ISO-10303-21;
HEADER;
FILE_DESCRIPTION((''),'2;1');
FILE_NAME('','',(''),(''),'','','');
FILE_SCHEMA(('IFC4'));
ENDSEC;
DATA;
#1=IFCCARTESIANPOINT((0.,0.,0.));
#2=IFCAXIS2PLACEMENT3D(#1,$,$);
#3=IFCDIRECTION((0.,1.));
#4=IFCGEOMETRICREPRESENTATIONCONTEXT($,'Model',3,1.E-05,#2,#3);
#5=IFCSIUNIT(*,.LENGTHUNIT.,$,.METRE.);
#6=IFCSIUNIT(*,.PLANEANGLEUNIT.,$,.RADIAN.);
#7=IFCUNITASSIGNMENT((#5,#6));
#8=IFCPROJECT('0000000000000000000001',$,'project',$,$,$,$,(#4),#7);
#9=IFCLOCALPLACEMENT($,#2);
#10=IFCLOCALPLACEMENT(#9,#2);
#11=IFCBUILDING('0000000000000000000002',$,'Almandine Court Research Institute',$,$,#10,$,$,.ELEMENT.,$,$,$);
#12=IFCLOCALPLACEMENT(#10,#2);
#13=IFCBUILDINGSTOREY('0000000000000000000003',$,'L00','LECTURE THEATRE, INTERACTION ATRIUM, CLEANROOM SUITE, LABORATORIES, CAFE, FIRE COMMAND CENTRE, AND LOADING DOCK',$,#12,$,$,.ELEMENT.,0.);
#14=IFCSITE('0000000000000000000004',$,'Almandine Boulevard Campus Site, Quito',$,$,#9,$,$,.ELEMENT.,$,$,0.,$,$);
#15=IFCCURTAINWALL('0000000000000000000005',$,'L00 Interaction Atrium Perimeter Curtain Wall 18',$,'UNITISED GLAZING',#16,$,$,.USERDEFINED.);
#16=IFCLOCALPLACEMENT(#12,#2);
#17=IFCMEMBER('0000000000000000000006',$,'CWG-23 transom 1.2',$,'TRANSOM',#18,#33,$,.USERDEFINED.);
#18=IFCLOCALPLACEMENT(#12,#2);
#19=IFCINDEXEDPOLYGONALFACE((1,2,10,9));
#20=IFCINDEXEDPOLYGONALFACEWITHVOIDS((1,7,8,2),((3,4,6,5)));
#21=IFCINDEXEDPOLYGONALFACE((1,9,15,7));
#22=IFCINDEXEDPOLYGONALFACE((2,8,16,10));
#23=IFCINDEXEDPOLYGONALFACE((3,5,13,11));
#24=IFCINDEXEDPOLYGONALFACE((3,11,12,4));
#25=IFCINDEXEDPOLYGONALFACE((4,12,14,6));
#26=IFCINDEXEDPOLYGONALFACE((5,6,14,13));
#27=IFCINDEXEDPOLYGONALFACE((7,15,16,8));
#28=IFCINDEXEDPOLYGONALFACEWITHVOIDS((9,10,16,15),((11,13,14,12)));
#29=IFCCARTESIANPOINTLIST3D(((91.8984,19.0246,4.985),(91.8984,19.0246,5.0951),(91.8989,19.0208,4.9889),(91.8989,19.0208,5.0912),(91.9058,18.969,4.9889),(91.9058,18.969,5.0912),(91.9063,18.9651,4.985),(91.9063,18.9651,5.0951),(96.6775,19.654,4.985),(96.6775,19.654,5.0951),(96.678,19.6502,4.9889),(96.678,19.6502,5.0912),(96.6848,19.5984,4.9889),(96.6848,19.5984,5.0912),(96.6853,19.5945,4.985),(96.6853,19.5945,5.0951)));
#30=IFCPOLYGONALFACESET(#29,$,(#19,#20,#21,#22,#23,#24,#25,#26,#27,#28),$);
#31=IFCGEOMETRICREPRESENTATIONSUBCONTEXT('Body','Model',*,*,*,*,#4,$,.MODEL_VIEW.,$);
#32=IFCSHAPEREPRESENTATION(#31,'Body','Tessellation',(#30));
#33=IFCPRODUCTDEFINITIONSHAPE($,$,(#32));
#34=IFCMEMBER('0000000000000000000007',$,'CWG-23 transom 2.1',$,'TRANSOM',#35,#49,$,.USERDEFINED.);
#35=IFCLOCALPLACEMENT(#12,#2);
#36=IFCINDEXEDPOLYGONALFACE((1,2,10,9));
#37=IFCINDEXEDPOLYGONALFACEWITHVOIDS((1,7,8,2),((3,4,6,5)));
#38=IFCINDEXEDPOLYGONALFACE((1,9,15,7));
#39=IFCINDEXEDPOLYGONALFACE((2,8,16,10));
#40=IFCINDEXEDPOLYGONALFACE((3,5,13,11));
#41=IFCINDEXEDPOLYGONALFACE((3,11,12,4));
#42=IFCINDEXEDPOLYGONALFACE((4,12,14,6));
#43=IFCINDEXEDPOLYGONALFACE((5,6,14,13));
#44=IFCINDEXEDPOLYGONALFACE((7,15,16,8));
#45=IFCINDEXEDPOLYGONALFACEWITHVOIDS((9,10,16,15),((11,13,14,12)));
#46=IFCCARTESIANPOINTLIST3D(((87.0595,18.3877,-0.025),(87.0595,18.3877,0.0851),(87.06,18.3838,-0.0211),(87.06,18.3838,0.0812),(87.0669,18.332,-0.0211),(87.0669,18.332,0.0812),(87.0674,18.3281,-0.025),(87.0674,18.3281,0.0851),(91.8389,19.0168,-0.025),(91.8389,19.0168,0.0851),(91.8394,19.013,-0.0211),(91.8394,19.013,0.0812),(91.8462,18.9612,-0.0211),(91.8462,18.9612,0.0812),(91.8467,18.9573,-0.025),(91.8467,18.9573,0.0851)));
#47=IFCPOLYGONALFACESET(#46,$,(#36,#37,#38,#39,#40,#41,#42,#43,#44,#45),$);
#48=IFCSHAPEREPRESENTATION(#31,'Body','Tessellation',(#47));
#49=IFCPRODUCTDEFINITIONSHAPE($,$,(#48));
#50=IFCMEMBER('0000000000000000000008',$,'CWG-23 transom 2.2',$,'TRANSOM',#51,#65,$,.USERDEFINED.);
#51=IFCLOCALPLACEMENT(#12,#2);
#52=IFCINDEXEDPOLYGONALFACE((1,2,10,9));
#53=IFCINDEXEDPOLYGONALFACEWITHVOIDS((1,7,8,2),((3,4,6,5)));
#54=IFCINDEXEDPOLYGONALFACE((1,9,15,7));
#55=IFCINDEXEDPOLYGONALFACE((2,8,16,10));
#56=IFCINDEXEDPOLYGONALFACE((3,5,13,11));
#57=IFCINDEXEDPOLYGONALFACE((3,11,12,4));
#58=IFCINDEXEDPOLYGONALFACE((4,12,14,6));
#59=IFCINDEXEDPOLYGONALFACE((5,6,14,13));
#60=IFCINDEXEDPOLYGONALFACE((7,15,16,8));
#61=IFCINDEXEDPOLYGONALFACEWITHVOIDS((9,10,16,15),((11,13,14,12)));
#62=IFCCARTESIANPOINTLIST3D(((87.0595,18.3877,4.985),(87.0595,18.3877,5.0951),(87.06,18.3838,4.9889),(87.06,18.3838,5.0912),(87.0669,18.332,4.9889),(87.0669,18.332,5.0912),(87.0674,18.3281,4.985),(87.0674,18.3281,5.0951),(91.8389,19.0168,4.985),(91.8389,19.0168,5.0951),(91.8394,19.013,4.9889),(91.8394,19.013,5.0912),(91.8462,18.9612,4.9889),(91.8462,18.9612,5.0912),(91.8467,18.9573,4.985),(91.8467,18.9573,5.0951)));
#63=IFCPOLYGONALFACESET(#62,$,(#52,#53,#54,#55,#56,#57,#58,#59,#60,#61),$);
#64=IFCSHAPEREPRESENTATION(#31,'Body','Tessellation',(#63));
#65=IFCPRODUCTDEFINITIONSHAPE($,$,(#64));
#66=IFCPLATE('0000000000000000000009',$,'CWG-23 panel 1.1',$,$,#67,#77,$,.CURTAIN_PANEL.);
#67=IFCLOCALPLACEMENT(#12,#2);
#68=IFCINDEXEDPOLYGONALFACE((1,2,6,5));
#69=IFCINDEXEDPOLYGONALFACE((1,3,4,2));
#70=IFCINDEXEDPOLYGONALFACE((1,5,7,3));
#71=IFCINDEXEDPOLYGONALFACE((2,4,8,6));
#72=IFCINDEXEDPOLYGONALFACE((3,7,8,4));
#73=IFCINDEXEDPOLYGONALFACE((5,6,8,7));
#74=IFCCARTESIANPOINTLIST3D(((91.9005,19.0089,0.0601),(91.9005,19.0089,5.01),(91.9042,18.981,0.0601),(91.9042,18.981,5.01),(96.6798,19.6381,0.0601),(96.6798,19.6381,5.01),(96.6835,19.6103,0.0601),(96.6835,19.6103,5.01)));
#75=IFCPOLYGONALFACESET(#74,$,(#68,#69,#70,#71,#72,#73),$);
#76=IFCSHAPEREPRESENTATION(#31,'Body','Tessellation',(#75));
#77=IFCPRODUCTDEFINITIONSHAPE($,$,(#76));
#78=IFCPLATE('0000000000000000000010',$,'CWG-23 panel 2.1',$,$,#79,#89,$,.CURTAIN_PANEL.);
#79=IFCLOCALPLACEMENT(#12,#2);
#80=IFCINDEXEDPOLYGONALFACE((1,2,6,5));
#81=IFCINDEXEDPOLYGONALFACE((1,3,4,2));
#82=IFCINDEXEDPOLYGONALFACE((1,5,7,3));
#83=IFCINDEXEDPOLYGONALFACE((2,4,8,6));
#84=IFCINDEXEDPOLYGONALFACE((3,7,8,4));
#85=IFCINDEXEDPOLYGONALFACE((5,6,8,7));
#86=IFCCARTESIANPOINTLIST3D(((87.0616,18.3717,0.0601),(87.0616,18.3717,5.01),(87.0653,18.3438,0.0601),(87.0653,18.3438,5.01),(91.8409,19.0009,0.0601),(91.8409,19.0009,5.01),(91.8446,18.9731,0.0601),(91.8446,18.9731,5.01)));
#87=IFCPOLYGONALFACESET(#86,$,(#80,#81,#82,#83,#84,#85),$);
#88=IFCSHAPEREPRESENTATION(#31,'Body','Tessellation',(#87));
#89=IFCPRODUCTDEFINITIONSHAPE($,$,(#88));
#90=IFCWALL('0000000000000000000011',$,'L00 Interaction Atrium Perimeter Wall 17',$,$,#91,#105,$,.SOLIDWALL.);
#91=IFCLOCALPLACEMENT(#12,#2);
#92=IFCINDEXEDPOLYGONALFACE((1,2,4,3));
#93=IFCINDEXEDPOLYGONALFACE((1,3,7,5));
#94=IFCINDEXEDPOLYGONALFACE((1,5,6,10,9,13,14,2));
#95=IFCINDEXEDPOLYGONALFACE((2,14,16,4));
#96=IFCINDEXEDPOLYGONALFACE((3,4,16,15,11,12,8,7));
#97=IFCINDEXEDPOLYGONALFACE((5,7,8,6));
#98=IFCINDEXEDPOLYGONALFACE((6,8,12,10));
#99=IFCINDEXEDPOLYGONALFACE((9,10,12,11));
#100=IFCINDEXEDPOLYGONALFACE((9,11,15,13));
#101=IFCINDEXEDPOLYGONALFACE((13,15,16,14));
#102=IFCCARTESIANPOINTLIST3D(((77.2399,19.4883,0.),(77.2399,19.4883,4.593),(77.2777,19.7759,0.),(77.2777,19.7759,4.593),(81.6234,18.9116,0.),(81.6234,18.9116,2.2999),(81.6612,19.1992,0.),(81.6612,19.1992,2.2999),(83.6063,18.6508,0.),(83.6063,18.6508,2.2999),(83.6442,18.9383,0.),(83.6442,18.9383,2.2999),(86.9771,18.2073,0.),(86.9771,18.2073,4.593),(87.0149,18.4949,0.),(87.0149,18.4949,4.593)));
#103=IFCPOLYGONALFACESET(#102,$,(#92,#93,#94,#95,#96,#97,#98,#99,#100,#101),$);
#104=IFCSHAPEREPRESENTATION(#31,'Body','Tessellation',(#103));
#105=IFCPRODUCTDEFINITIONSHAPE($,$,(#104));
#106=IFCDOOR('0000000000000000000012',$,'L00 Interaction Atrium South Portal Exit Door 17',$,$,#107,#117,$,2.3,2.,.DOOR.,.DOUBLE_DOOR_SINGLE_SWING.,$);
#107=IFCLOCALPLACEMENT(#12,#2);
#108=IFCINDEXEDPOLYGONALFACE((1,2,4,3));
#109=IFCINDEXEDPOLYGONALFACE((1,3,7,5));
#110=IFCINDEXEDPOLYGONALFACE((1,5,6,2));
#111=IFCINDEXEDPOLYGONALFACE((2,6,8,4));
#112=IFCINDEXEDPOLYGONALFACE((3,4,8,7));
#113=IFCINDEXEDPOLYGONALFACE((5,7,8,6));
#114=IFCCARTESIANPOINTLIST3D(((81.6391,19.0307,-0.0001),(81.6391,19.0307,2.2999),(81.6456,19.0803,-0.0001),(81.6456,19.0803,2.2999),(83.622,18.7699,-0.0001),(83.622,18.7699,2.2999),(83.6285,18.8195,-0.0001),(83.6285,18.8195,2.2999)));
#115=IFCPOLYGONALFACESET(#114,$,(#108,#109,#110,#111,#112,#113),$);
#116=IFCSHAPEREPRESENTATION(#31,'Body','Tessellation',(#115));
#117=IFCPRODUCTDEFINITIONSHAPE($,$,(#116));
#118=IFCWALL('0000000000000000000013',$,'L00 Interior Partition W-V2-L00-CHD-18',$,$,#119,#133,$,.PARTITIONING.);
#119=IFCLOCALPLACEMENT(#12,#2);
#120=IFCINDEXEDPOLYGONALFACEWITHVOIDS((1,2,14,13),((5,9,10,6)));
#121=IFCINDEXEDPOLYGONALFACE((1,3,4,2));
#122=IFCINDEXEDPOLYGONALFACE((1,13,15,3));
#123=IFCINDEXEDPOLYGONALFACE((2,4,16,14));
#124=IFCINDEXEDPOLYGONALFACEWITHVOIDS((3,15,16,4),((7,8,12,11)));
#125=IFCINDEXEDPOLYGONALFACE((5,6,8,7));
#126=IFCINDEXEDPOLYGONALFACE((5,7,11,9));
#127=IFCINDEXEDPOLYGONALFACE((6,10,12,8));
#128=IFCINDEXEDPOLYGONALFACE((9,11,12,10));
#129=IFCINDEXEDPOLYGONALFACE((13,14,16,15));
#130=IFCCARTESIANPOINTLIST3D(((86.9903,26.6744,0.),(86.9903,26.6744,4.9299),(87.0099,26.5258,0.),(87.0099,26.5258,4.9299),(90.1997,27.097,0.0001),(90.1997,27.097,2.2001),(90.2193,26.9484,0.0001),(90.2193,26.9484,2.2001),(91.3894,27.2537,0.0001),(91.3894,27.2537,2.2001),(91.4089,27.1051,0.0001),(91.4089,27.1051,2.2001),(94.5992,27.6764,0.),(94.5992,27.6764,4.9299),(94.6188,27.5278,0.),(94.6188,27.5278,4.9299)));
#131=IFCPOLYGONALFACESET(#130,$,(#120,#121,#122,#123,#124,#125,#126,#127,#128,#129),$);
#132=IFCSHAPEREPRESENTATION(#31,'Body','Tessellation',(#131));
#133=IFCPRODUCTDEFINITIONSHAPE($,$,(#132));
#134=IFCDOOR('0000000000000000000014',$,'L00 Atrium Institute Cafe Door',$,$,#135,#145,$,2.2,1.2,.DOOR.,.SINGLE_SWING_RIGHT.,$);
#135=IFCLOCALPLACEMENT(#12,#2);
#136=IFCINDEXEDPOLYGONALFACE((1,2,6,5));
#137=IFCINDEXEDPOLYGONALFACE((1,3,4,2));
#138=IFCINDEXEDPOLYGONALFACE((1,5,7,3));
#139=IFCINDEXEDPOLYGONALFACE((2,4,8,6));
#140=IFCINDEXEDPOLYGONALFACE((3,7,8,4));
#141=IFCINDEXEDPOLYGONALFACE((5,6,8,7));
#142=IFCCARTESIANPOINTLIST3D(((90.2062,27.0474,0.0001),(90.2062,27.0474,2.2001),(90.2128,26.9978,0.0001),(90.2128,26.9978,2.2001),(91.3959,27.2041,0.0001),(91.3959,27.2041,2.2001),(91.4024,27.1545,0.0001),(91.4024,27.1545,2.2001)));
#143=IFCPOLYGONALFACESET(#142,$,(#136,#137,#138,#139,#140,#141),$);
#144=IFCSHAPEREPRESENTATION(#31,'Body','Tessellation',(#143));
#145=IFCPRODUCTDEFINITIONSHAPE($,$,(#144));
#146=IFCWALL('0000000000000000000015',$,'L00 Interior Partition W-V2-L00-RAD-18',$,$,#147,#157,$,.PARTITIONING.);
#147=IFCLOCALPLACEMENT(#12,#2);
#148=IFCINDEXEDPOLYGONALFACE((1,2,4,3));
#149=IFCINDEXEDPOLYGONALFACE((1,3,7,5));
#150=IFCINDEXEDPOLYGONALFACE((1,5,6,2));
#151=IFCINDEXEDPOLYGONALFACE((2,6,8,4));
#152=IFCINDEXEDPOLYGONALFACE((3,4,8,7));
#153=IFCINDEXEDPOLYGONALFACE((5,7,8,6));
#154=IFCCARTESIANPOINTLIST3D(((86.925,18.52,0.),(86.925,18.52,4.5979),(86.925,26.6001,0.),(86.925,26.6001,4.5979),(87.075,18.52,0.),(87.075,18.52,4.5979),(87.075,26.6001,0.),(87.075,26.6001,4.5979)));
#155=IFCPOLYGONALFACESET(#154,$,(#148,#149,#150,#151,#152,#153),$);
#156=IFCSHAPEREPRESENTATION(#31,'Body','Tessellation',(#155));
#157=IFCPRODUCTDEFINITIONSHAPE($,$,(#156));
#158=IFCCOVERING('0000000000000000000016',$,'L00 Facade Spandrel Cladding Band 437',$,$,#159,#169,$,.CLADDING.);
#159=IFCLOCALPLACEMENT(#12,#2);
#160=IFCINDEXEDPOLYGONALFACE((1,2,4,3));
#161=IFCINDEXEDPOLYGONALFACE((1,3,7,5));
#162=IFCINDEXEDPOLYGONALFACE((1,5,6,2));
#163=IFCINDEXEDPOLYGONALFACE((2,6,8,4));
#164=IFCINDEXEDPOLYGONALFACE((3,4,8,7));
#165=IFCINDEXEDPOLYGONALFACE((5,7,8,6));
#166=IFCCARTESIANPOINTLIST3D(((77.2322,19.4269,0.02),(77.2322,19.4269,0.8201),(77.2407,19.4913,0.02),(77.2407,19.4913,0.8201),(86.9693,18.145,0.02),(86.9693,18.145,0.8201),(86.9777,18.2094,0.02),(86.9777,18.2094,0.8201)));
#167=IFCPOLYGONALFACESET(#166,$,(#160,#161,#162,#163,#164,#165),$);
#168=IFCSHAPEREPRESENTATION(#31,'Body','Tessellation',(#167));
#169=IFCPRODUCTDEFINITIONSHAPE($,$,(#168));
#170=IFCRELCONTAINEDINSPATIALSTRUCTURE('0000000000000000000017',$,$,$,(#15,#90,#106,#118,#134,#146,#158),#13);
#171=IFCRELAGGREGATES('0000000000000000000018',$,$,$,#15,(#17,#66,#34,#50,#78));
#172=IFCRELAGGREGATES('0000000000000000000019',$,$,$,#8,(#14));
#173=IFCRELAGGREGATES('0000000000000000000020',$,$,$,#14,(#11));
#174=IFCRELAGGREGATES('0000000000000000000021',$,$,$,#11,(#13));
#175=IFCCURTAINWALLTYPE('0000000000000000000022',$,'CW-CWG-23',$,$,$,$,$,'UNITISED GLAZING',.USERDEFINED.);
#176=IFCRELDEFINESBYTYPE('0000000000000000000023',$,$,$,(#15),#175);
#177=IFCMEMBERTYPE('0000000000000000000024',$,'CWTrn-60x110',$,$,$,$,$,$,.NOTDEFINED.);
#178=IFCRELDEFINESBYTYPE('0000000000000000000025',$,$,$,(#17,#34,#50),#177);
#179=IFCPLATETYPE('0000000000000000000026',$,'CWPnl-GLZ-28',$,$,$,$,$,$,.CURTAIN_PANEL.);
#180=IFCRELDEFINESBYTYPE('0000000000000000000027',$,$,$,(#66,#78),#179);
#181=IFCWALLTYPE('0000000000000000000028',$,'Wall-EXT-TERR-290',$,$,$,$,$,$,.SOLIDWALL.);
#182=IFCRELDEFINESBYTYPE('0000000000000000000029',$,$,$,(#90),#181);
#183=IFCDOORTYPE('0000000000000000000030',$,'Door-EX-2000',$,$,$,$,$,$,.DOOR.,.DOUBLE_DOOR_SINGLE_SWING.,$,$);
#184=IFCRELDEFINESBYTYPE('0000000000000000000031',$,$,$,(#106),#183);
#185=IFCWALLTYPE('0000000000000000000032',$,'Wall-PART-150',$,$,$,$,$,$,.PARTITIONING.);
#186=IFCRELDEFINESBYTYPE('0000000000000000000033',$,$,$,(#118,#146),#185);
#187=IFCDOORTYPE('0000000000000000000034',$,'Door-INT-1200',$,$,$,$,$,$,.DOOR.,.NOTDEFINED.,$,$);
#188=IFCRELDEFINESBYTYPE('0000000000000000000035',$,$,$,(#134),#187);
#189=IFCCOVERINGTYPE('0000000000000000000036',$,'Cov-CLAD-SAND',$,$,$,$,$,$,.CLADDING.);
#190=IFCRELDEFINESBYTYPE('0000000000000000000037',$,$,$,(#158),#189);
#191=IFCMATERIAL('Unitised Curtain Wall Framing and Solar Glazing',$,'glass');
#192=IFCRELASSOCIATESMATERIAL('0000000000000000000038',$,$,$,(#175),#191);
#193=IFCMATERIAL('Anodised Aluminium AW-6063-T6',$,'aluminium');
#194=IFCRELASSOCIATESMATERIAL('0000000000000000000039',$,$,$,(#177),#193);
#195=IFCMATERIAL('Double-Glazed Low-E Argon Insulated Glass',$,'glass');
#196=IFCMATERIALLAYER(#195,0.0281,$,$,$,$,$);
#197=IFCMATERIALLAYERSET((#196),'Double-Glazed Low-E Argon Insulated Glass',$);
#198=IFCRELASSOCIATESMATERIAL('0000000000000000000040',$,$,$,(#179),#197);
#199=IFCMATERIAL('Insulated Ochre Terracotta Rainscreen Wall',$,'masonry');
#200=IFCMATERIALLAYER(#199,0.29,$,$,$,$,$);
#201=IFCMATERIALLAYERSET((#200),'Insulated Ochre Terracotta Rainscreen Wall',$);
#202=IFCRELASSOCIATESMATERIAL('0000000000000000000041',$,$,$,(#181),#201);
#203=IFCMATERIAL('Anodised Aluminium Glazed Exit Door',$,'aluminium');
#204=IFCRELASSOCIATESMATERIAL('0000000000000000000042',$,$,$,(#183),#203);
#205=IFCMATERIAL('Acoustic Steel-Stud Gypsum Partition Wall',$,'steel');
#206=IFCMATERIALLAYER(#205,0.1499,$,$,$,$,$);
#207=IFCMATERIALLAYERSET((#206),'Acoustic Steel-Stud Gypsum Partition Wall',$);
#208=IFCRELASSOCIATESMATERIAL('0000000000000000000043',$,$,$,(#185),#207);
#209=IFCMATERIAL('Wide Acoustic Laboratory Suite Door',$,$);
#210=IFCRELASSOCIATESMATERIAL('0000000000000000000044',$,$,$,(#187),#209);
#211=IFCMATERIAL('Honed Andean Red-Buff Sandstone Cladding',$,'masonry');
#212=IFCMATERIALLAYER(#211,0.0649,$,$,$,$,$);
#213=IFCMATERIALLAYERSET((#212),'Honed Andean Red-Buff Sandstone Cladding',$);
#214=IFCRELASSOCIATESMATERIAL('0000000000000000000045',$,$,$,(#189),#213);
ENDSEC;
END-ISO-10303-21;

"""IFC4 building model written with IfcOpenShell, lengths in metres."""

from ifc_helpers import new_model, si_unit, direction, frame, frame_2d, origin, origin_2d, place, context, subcontext, project, spatial, rectangle, hollow_rectangle, extrude, material, layer, layer_set, material_profile, profile_set, type_object, element, fill, aggregate, save


model = new_model("IFC4")

# Units and contexts
model_context = context("Model", 3, precision=1e-05, world=origin(), true_north=direction((0.0, 1.0)))
body_context = subcontext(model_context, "Body", "Model", "MODEL_VIEW")
ifc_project = project(units=[si_unit("LENGTHUNIT", "METRE"), si_unit("PLANEANGLEUNIT", "RADIAN")], contexts=[model_context])

# Site, building, storey
site_placement = place(None, origin())
site = spatial("IfcSite", under=ifc_project, at=site_placement, Name="Almandine Boulevard Campus Site, Quito", CompositionType="ELEMENT", RefElevation=0.0)
building_placement = place(site_placement, origin())
building = spatial("IfcBuilding", under=site, at=building_placement, Name="Almandine Court Research Institute", CompositionType="ELEMENT")
storey_placement = place(building_placement, origin())
storey = spatial("IfcBuildingStorey", under=building, at=storey_placement, Name="L00", Description="LECTURE THEATRE, INTERACTION ATRIUM, CLEANROOM SUITE, LABORATORIES, CAFE, FIRE COMMAND CENTRE, AND LOADING DOCK", CompositionType="ELEMENT", Elevation=0.0)

# Curtain wall, members, plates
ifc_material_1 = material(Name="Unitised Curtain Wall Framing and Solar Glazing", Category="glass")
curtain_wall_type = type_object("IfcCurtainWallType", Name="CW-CWG-23", ElementType="UNITISED GLAZING", PredefinedType="USERDEFINED", material=ifc_material_1)
curtain_wall_placement = place(storey_placement, origin())
curtain_wall = element("IfcCurtainWall", 1, at=curtain_wall_placement, inside=storey, type_object=curtain_wall_type, Name="L00 Interaction Atrium Perimeter Curtain Wall 18", ObjectType="UNITISED GLAZING", PredefinedType="USERDEFINED")
ifc_material_2 = material(Name="Anodised Aluminium AW-6063-T6", Category="aluminium")
ifc_material_profile_1 = material_profile(ifc_material_2, hollow_rectangle(XDim=0.0601, YDim=0.1101, WallThickness=0.0039, at=origin_2d()), Name="ALU RHS 60x110x4")
ifc_profile_set_1 = profile_set([ifc_material_profile_1], Name="Anodised Aluminium AW-6063-T6")
member_type_1 = type_object("IfcMemberType", Name="CWTrn-60x110", PredefinedType="NOTDEFINED", material=ifc_profile_set_1)
member_1_placement = place(storey_placement, frame((96.6814, 19.6243, 5.04), z_axis=(-0.991439, -0.130571, 0.0), x_axis=(0.130571, -0.991439, 0.0)))
member_1 = element("IfcMember", 2, at=member_1_placement, type_object=member_type_1, Name="CWG-23 transom 1.2", ObjectType="TRANSOM", PredefinedType="USERDEFINED", context=body_context, shape_type="SweptSolid", body=[
    extrude(hollow_rectangle(XDim=0.0601, YDim=0.1101, WallThickness=0.0039, at=origin_2d()), origin(), (0.0, 0.0, 1.0), 4.8203),
])
member_2_placement = place(storey_placement, frame((91.8428, 18.9871, 0.03), z_axis=(-0.991446, -0.130515, 0.0), x_axis=(0.130515, -0.991446, 0.0)))
member_2 = element("IfcMember", 3, at=member_2_placement, type_object=member_type_1, Name="CWG-23 transom 2.1", ObjectType="TRANSOM", PredefinedType="USERDEFINED", context=body_context, shape_type="SweptSolid", body=[
    extrude(hollow_rectangle(XDim=0.0601, YDim=0.1101, WallThickness=0.0039, at=origin_2d()), origin(), (0.0, 0.0, 1.0), 4.8206),
])
member_3_placement = place(storey_placement, frame((91.8428, 18.9871, 5.04), z_axis=(-0.991446, -0.130515, 0.0), x_axis=(0.130515, -0.991446, 0.0)))
member_3 = element("IfcMember", 4, at=member_3_placement, type_object=member_type_1, Name="CWG-23 transom 2.2", ObjectType="TRANSOM", PredefinedType="USERDEFINED", context=body_context, shape_type="SweptSolid", body=[
    extrude(hollow_rectangle(XDim=0.0601, YDim=0.1101, WallThickness=0.0039, at=origin_2d()), origin(), (0.0, 0.0, 1.0), 4.8206),
])
ifc_material_3 = material(Name="Double-Glazed Low-E Argon Insulated Glass", Category="glass")
ifc_layer_1 = layer(ifc_material_3, 0.0281)
ifc_layer_set_1 = layer_set([ifc_layer_1], Name="Double-Glazed Low-E Argon Insulated Glass")
plate_type = type_object("IfcPlateType", Name="CWPnl-GLZ-28", PredefinedType="CURTAIN_PANEL", material=ifc_layer_set_1)
plate_1_placement = place(storey_placement, frame((94.292, 19.3096, 0.0601), z_axis=(0.0, 0.0, 1.0), x_axis=(-0.991444, -0.130536, 0.0)))
plate_1 = element("IfcPlate", 5, at=plate_1_placement, type_object=plate_type, Name="CWG-23 panel 1.1", PredefinedType="CURTAIN_PANEL", context=body_context, shape_type="SweptSolid", body=[
    extrude(rectangle(XDim=4.8206, YDim=0.0281, at=origin_2d()), origin(), (0.0, 0.0, 1.0), 4.95),
])
plate_2_placement = place(storey_placement, frame((89.4531, 18.6724, 0.0601), z_axis=(0.0, 0.0, 1.0), x_axis=(-0.991444, -0.130536, 0.0)))
plate_2 = element("IfcPlate", 6, at=plate_2_placement, type_object=plate_type, Name="CWG-23 panel 2.1", PredefinedType="CURTAIN_PANEL", context=body_context, shape_type="SweptSolid", body=[
    extrude(rectangle(XDim=4.8206, YDim=0.0281, at=origin_2d()), origin(), (0.0, 0.0, 1.0), 4.95),
])
aggregate(curtain_wall, [member_1, plate_1, member_2, member_3, plate_2])

# Walls, openings, doors
ifc_material_4 = material(Name="Insulated Ochre Terracotta Rainscreen Wall", Category="masonry")
ifc_layer_2 = layer(ifc_material_4, 0.29)
ifc_layer_set_2 = layer_set([ifc_layer_2], Name="Insulated Ochre Terracotta Rainscreen Wall")
wall_type_1 = type_object("IfcWallType", Name="Wall-EXT-TERR-290", PredefinedType="SOLIDWALL", material=ifc_layer_set_2)
wall_1_placement = place(storey_placement, frame((86.9961, 18.3511, 0.0), z_axis=(0.0, 0.0, 1.0), x_axis=(-0.991457, 0.130436, 0.0)))
wall_1 = element("IfcWall", 7, at=wall_1_placement, inside=storey, type_object=wall_type_1, Name="L00 Interaction Atrium Perimeter Wall 17", PredefinedType="SOLIDWALL", context=body_context, shape_type="SweptSolid", body=[
    extrude(rectangle(XDim=9.821, YDim=0.29, at=frame_2d((4.9106, 0.0))), origin(), (0.0, 0.0, 1.0), 4.593),
])
opening_1_placement = place(wall_1_placement, frame((3.3999, 0.0, 0.0)))
opening_1 = element("IfcOpeningElement", 8, at=opening_1_placement, cuts=wall_1, PredefinedType="OPENING", context=body_context, shape_type="SweptSolid", body=[
    extrude(rectangle(XDim=2.0, YDim=2.3, at=frame_2d((1.0, 1.1499))), frame((0.0, 0.155, 0.0), z_axis=(0.0, -1.0, 0.0), x_axis=(1.0, 0.0, 0.0)), (0.0, 0.0, 1.0), 0.3101),
])
ifc_material_5 = material(Name="Anodised Aluminium Glazed Exit Door", Category="aluminium")
door_type_1 = type_object("IfcDoorType", Name="Door-EX-2000", OperationType="DOUBLE_DOOR_SINGLE_SWING", PredefinedType="DOOR", material=ifc_material_5)
door_1_placement = place(opening_1_placement, origin())
door_1 = element("IfcDoor", 9, at=door_1_placement, inside=storey, type_object=door_type_1, Name="L00 Interaction Atrium South Portal Exit Door 17", OperationType="DOUBLE_DOOR_SINGLE_SWING", OverallHeight=2.3, OverallWidth=2.0, PredefinedType="DOOR", context=body_context, shape_type="SweptSolid", body=[
    extrude(rectangle(XDim=2.0, YDim=2.3, at=frame_2d((1.0, 1.1499))), frame((0.0, 0.0249, 0.0), z_axis=(0.0, -1.0, 0.0), x_axis=(1.0, 0.0, 0.0)), (0.0, 0.0, 1.0), 0.05),
])
fill(opening_1, door_1)
ifc_material_6 = material(Name="Acoustic Steel-Stud Gypsum Partition Wall", Category="steel")
ifc_layer_3 = layer(ifc_material_6, 0.1499)
ifc_layer_set_3 = layer_set([ifc_layer_3], Name="Acoustic Steel-Stud Gypsum Partition Wall")
wall_type_2 = type_object("IfcWallType", Name="Wall-PART-150", PredefinedType="PARTITIONING", material=ifc_layer_set_3)
wall_2_placement = place(storey_placement, frame((87.0, 26.6001, 0.0), z_axis=(0.0, 0.0, 1.0), x_axis=(0.991441, 0.130555, 0.0)))
wall_2 = element("IfcWall", 10, at=wall_2_placement, inside=storey, type_object=wall_type_2, Name="L00 Interior Partition W-V2-L00-CHD-18", PredefinedType="PARTITIONING", context=body_context, shape_type="SweptSolid", body=[
    extrude(rectangle(XDim=7.6746, YDim=0.1499, at=frame_2d((3.8374, 0.0))), origin(), (0.0, 0.0, 1.0), 4.9299),
])
opening_2_placement = place(wall_2_placement, frame((3.2371, 0.0, 0.0)))
opening_2 = element("IfcOpeningElement", 11, at=opening_2_placement, cuts=wall_2, PredefinedType="OPENING", context=body_context, shape_type="SweptSolid", body=[
    extrude(rectangle(XDim=1.2, YDim=2.2, at=frame_2d((0.6001, 1.1001))), frame((0.0, 0.085, 0.0), z_axis=(0.0, -1.0, 0.0), x_axis=(1.0, 0.0, 0.0)), (0.0, 0.0, 1.0), 0.1699),
])
ifc_material_7 = material(Name="Wide Acoustic Laboratory Suite Door")
door_type_2 = type_object("IfcDoorType", Name="Door-INT-1200", OperationType="NOTDEFINED", PredefinedType="DOOR", material=ifc_material_7)
door_2_placement = place(opening_2_placement, origin())
door_2 = element("IfcDoor", 12, at=door_2_placement, inside=storey, type_object=door_type_2, Name="L00 Atrium Institute Cafe Door", OperationType="SINGLE_SWING_RIGHT", OverallHeight=2.2, OverallWidth=1.2, PredefinedType="DOOR", context=body_context, shape_type="SweptSolid", body=[
    extrude(rectangle(XDim=1.2, YDim=2.2, at=frame_2d((0.6001, 1.1001))), frame((0.0, 0.0249, 0.0), z_axis=(0.0, -1.0, 0.0), x_axis=(1.0, 0.0, 0.0)), (0.0, 0.0, 1.0), 0.05),
])
fill(opening_2, door_2)

# Wall
wall_3_placement = place(storey_placement, frame((87.0, 26.6001, 0.0), z_axis=(0.0, 0.0, 1.0), x_axis=(0.0, -1.0, 0.0)))
element("IfcWall", 13, at=wall_3_placement, inside=storey, type_object=wall_type_2, Name="L00 Interior Partition W-V2-L00-RAD-18", PredefinedType="PARTITIONING", context=body_context, shape_type="SweptSolid", body=[
    extrude(rectangle(XDim=8.0801, YDim=0.1499, at=frame_2d((4.04, 0.0))), origin(), (0.0, 0.0, 1.0), 4.5979),
])

# Covering
ifc_material_8 = material(Name="Honed Andean Red-Buff Sandstone Cladding", Category="masonry")
ifc_layer_4 = layer(ifc_material_8, 0.0649)
ifc_layer_set_4 = layer_set([ifc_layer_4], Name="Honed Andean Red-Buff Sandstone Cladding")
covering_type = type_object("IfcCoveringType", Name="Cov-CLAD-SAND", PredefinedType="CLADDING", material=ifc_layer_set_4)
covering_placement = place(storey_placement, frame((82.105, 18.8181, 0.02), z_axis=(0.0, 0.0, 1.0), x_axis=(-0.991445, 0.130526, 0.0)))
element("IfcCovering", 14, at=covering_placement, inside=storey, type_object=covering_type, Name="L00 Facade Spandrel Cladding Band 437", PredefinedType="CLADDING", context=body_context, shape_type="SweptSolid", body=[
    extrude(rectangle(XDim=9.821, YDim=0.0649, at=origin_2d()), origin(), (0.0, 0.0, 1.0), 0.8),
])

save(model, "model.ifc")
